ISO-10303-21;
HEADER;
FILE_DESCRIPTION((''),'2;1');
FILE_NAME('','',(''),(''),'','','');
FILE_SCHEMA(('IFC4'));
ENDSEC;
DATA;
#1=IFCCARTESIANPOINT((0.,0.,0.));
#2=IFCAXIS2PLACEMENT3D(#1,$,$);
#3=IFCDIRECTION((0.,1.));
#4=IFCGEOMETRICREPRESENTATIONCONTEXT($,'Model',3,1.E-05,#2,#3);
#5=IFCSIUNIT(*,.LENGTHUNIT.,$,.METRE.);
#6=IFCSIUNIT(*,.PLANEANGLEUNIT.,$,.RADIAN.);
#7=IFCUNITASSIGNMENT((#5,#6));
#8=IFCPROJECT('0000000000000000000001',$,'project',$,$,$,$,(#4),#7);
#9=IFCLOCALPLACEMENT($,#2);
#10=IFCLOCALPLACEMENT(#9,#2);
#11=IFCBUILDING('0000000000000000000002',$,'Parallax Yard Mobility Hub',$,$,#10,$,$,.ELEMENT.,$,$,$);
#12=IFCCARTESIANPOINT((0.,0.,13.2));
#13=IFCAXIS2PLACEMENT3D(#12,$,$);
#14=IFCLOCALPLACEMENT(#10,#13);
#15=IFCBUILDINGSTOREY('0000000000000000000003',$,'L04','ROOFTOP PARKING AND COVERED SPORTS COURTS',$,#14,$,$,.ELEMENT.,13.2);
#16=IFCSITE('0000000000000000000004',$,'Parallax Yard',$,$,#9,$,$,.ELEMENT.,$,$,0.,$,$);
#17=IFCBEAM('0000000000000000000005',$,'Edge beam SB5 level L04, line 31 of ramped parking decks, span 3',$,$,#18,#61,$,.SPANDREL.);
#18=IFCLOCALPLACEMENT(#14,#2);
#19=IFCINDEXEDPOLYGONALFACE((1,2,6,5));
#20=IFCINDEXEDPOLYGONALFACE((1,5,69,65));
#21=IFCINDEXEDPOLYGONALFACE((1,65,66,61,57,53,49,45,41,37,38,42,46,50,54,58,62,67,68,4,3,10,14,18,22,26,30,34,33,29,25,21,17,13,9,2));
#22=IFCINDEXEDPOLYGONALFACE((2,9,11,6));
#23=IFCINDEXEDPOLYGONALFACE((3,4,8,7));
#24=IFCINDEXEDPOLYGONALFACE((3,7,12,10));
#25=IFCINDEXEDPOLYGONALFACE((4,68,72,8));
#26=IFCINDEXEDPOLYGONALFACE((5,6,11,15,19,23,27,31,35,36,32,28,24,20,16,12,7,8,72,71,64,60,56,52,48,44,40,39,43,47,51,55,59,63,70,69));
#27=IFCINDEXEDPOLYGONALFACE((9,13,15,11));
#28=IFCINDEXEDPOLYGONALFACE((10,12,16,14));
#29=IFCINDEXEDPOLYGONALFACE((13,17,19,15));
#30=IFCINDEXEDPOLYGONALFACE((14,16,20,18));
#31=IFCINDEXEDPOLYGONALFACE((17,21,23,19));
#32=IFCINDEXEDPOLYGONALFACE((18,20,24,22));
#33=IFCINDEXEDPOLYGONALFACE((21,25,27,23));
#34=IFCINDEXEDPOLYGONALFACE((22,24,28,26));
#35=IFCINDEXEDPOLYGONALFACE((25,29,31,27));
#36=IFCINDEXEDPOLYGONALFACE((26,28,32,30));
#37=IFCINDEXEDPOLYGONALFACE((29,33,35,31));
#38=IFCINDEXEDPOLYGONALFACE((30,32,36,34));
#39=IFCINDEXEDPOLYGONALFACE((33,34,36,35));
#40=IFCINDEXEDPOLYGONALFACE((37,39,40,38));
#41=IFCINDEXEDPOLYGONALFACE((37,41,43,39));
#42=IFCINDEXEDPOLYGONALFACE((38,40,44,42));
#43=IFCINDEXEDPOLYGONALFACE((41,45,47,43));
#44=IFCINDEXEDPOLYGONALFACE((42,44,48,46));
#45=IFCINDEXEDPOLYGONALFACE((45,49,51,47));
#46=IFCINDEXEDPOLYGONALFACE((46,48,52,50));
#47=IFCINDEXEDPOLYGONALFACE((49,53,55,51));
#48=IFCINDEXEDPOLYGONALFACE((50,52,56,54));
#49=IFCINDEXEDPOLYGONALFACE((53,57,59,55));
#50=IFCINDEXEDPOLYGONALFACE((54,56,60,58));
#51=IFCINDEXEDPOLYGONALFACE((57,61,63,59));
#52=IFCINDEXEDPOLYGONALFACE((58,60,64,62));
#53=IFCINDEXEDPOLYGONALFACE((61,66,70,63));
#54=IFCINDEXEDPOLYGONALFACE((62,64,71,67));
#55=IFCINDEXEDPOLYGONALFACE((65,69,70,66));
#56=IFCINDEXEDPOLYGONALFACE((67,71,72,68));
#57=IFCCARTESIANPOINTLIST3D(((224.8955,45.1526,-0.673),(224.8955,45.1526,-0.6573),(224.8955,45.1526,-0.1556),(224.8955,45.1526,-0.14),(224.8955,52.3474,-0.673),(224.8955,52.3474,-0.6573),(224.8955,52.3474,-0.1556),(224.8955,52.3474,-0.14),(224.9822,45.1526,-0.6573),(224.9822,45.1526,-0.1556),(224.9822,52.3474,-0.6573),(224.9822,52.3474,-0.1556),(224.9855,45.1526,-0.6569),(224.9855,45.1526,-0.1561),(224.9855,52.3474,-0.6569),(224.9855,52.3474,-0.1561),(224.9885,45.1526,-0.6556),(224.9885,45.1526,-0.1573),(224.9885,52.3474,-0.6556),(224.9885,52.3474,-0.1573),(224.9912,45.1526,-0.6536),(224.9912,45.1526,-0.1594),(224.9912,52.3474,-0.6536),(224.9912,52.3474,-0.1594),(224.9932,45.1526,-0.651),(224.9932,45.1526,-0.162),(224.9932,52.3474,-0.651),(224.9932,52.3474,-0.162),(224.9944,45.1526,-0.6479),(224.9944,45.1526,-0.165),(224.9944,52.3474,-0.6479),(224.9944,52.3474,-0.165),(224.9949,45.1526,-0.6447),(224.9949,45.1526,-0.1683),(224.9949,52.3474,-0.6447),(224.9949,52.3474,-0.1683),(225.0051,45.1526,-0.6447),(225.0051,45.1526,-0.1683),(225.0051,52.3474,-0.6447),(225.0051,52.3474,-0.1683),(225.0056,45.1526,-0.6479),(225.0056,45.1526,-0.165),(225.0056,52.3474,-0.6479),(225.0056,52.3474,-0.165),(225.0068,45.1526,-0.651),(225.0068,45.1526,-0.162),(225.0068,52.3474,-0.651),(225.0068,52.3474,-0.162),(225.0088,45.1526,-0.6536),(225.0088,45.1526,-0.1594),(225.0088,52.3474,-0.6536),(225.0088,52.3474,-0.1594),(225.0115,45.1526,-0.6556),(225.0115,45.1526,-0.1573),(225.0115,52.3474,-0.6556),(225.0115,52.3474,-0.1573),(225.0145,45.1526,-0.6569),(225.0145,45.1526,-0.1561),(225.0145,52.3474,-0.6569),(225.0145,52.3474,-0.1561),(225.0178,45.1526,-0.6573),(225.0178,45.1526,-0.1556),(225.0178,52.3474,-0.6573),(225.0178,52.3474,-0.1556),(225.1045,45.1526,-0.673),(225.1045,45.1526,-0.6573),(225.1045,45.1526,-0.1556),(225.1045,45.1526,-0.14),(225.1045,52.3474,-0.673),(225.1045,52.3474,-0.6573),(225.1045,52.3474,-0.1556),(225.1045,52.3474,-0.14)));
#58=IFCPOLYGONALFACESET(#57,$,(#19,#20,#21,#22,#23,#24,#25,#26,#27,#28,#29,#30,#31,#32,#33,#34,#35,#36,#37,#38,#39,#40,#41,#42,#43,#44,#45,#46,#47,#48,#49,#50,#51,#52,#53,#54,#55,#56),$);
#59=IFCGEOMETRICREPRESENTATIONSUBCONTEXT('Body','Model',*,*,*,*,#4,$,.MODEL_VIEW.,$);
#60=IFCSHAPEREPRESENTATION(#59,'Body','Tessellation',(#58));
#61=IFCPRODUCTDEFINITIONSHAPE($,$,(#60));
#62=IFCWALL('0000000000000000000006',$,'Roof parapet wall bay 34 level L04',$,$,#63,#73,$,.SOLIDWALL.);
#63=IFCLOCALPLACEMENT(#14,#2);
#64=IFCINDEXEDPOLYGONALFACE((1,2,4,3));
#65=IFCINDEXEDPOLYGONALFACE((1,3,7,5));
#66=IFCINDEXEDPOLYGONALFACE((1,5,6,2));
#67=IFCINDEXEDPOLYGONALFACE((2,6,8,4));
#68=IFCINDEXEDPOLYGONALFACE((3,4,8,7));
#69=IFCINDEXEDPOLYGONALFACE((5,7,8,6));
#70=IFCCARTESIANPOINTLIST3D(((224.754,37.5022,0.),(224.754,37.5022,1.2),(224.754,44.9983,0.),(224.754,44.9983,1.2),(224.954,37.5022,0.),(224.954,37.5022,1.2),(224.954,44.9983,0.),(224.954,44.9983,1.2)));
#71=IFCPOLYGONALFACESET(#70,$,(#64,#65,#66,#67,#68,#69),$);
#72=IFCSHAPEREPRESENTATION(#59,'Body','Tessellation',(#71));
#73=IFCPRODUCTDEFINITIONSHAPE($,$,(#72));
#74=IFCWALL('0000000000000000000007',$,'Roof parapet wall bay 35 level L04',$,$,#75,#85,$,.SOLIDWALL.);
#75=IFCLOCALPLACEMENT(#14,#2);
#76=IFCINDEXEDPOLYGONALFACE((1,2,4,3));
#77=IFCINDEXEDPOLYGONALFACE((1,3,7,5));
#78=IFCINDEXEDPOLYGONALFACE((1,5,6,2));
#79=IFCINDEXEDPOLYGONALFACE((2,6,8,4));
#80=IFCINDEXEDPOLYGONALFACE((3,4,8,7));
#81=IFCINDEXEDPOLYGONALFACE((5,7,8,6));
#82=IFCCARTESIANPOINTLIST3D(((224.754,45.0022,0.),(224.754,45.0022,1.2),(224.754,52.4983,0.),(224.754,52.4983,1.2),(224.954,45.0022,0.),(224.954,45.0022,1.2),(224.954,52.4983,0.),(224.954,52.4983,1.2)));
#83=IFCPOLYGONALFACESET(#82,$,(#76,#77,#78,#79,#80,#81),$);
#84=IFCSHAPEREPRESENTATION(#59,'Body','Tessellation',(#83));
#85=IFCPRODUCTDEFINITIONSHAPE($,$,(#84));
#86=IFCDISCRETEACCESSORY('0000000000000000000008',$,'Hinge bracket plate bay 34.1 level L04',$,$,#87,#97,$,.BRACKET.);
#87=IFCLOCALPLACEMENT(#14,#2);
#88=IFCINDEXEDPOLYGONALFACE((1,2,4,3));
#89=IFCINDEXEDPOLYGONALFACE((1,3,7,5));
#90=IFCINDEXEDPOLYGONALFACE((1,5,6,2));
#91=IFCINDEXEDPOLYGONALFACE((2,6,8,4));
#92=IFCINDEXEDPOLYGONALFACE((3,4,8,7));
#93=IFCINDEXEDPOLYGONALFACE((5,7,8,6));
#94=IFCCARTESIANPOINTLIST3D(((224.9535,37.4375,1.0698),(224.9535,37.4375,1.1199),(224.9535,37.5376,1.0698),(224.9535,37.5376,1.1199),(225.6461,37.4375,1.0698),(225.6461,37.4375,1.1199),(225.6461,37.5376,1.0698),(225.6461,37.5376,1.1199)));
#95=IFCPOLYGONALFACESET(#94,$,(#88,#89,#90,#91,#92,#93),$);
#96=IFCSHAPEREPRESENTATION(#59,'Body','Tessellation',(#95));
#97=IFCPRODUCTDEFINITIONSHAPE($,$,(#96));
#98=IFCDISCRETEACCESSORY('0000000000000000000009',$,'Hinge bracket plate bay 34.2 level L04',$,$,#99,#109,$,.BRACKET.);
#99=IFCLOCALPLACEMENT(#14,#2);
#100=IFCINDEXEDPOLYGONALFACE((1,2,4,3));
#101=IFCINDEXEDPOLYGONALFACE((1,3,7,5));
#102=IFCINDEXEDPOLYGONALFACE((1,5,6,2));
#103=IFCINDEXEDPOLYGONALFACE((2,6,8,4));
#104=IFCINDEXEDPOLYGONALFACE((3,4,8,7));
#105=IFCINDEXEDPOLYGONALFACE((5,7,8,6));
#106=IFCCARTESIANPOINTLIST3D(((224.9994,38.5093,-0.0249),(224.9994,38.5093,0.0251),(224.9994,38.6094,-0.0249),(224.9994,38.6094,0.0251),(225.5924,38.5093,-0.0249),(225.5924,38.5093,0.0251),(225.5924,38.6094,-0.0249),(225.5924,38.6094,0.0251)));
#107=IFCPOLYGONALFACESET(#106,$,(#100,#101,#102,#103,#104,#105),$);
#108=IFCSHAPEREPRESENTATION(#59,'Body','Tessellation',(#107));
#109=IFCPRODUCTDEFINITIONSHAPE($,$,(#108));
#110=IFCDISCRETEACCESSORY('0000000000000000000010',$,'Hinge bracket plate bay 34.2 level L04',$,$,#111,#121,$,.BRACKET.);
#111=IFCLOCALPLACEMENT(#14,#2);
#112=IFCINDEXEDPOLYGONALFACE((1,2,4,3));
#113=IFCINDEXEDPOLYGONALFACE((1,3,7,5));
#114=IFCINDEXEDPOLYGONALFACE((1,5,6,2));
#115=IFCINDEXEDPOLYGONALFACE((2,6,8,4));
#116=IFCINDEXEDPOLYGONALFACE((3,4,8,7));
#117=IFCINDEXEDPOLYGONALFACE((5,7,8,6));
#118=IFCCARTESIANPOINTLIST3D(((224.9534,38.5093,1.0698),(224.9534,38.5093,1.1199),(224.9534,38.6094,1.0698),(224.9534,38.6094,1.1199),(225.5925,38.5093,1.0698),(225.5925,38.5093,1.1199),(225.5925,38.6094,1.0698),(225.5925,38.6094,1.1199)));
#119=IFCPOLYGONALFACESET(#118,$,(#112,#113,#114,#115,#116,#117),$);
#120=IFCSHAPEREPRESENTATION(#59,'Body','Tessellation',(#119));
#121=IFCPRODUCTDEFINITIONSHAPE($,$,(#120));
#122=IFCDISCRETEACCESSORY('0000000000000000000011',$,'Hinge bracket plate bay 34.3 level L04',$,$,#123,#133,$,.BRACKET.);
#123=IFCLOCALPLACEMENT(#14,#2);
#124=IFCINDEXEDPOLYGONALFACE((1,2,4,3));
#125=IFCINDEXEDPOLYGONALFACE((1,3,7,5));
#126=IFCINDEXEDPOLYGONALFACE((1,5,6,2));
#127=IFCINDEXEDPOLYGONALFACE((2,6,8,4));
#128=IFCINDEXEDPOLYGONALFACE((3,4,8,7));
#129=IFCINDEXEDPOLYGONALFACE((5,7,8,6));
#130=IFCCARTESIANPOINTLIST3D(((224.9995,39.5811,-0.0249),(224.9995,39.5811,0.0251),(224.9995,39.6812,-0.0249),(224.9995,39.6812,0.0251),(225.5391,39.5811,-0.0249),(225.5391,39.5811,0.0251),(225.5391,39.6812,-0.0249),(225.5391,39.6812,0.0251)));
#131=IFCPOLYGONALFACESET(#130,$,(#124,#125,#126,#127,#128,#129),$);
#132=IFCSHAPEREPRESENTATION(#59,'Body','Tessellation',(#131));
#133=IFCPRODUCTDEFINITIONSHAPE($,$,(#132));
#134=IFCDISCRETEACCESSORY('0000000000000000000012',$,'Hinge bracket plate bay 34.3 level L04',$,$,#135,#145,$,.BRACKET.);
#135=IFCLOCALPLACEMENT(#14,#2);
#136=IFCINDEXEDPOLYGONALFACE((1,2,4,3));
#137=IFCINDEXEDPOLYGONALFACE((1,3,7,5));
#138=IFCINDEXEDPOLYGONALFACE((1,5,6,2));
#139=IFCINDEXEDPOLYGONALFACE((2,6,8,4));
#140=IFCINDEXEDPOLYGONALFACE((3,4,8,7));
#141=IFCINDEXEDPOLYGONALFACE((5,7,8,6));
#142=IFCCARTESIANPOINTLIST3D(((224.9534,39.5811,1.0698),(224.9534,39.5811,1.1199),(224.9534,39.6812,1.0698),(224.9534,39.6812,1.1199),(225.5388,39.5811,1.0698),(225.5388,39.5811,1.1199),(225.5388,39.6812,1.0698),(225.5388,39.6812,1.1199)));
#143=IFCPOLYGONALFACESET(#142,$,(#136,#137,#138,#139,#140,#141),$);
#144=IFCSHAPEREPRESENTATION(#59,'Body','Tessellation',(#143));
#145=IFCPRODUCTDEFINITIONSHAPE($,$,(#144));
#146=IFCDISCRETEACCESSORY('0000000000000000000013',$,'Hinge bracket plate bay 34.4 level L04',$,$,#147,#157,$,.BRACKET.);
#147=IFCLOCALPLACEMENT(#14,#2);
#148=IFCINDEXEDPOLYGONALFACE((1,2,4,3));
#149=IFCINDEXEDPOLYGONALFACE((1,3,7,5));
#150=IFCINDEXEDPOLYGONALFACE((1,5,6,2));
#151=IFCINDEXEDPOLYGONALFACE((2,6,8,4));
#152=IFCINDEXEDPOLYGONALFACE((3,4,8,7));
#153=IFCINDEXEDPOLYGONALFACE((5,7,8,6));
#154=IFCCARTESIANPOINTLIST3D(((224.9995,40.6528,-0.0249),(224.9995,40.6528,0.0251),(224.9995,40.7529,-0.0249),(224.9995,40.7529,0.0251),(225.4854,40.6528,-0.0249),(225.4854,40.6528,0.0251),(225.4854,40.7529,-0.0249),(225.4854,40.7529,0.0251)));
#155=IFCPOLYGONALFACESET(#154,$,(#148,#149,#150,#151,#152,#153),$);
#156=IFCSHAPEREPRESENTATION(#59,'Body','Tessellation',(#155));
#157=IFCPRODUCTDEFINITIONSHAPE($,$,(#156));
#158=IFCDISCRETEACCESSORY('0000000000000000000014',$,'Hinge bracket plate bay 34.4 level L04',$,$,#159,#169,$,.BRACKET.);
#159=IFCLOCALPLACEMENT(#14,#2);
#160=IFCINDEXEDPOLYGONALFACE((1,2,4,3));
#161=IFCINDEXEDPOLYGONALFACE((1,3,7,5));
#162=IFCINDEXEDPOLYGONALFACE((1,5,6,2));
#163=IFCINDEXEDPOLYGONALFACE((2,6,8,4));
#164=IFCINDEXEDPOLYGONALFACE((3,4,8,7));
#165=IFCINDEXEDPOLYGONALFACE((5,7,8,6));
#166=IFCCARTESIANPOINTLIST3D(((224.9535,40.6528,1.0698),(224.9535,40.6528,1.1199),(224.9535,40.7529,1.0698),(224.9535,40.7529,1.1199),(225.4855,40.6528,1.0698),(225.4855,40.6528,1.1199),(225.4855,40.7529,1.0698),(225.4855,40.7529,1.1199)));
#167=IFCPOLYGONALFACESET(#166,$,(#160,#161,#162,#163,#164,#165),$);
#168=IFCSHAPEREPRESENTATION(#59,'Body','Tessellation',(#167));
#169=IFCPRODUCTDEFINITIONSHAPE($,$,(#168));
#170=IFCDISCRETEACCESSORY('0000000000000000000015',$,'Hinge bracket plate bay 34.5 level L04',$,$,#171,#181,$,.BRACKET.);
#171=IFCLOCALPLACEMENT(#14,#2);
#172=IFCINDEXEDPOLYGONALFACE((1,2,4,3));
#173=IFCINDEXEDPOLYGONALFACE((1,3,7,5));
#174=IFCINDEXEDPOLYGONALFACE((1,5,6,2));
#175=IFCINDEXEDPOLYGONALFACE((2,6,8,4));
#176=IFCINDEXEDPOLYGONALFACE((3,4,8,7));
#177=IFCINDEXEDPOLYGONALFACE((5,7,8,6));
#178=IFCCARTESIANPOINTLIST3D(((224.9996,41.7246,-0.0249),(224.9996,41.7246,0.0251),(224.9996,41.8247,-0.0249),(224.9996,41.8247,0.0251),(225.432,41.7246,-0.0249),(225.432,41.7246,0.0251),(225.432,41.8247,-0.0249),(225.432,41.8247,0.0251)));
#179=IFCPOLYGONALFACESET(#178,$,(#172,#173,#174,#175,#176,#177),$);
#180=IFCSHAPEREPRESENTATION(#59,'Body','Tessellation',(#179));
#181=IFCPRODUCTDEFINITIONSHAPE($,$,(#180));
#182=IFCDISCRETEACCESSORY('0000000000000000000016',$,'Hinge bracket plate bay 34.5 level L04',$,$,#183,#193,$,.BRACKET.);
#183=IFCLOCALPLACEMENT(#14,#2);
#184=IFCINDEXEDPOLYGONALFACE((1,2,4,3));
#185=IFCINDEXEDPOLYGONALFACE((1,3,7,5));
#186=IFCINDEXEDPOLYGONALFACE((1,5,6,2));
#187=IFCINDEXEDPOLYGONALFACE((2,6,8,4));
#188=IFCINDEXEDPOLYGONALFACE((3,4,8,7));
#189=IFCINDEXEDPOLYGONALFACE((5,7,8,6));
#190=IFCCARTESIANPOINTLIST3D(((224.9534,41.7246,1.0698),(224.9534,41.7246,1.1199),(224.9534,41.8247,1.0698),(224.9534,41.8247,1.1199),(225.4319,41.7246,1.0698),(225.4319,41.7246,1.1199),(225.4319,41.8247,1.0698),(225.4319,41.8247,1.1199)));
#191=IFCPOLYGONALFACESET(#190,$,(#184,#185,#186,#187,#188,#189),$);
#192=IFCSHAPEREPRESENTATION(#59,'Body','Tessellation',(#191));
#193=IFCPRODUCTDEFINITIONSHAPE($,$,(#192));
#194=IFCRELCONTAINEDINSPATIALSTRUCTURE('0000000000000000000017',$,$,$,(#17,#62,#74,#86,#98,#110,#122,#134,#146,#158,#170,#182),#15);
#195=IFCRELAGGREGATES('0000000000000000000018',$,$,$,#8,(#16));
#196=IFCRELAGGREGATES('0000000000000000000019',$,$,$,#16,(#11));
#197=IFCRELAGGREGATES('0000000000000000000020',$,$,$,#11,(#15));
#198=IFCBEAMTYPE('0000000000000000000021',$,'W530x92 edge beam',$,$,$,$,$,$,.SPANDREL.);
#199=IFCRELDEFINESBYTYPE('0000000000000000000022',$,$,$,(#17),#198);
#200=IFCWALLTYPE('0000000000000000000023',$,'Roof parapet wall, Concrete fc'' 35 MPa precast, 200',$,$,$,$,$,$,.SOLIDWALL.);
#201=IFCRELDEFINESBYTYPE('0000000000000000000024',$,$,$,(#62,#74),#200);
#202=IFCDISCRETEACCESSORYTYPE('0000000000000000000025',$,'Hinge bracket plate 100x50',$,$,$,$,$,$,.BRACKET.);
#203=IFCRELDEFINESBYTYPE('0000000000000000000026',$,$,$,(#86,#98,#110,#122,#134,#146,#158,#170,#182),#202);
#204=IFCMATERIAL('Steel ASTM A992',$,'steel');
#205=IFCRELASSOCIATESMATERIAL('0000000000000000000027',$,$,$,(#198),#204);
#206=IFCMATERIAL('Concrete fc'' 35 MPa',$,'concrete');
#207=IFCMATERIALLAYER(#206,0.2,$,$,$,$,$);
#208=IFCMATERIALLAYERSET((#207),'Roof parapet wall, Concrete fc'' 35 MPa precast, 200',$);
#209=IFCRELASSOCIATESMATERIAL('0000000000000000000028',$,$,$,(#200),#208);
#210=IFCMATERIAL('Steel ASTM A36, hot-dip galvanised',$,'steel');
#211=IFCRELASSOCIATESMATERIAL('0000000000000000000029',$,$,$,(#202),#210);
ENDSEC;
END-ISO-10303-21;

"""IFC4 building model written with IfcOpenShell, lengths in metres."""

from ifc_helpers import new_model, si_unit, direction, frame, frame_2d, origin, origin_2d, place, context, subcontext, project, spatial, rectangle, i_section, extrude, material, layer, layer_set, material_profile, profile_set, type_object, element, save


model = new_model("IFC4")

# Units and contexts
model_context = context("Model", 3, precision=1e-05, world=origin(), true_north=direction((0.0, 1.0)))
body_context = subcontext(model_context, "Body", "Model", "MODEL_VIEW")
ifc_project = project(units=[si_unit("LENGTHUNIT", "METRE"), si_unit("PLANEANGLEUNIT", "RADIAN")], contexts=[model_context])

# Site, building, storey
site_placement = place(None, origin())
site = spatial("IfcSite", under=ifc_project, at=site_placement, Name="Parallax Yard", CompositionType="ELEMENT", RefElevation=0.0)
building_placement = place(site_placement, origin())
building = spatial("IfcBuilding", under=site, at=building_placement, Name="Parallax Yard Mobility Hub", CompositionType="ELEMENT")
storey_placement = place(building_placement, frame((0.0, 0.0, 13.2)))
storey = spatial("IfcBuildingStorey", under=building, at=storey_placement, Name="L04", Description="ROOFTOP PARKING AND COVERED SPORTS COURTS", CompositionType="ELEMENT", Elevation=13.2)

# Shared definitions
ifc_material_1 = material(Name="Steel ASTM A992", Category="steel")

# Beam
ifc_material_profile_1 = material_profile(ifc_material_1, i_section(OverallWidth=0.209, OverallDepth=0.533, WebThickness=0.0103, FlangeThickness=0.0156, FilletRadius=0.0127, at=origin_2d()), Name="W530x92")
ifc_profile_set_1 = profile_set([ifc_material_profile_1], Name="Steel ASTM A992")
beam_type = type_object("IfcBeamType", Name="W530x92 edge beam", PredefinedType="SPANDREL", material=ifc_profile_set_1)
for number, where, z_axis, x_axis, name in (
    (1, (225.0, 45.1526, -0.4065), (0.0, 1.0, 0.0), (-1.0, 0.0, 0.0), "Edge beam SB5 level L04, line 31 of ramped parking decks, span 3"),
):
    element("IfcBeam", number, at=place(storey_placement, frame(where, z_axis=z_axis, x_axis=x_axis)), inside=storey, type_object=beam_type, Name=name, PredefinedType="SPANDREL", context=body_context, shape_type="SweptSolid", body=[
        extrude(i_section(OverallWidth=0.209, OverallDepth=0.533, WebThickness=0.0103, FlangeThickness=0.0156, FilletRadius=0.0127, at=origin_2d()), origin(), (0.0, 0.0, 1.0), 7.1948),
    ])

# Walls
ifc_material_2 = material(Name="Concrete fc' 35 MPa", Category="concrete")
ifc_layer = layer(ifc_material_2, 0.2)
ifc_layer_set = layer_set([ifc_layer], Name="Roof parapet wall, Concrete fc' 35 MPa precast, 200")
wall_type = type_object("IfcWallType", Name="Roof parapet wall, Concrete fc' 35 MPa precast, 200", PredefinedType="SOLIDWALL", material=ifc_layer_set)
for number, where, z_axis, x_axis, name in (
    (2, (224.854, 37.5022, 0.0), (0.0, 0.0, 1.0), (0.0, 1.0, 0.0), "Roof parapet wall bay 34 level L04"),
    (3, (224.854, 45.0022, 0.0), (0.0, 0.0, 1.0), (0.0, 1.0, 0.0), "Roof parapet wall bay 35 level L04"),
):
    element("IfcWall", number, at=place(storey_placement, frame(where, z_axis=z_axis, x_axis=x_axis)), inside=storey, type_object=wall_type, Name=name, PredefinedType="SOLIDWALL", context=body_context, shape_type="SweptSolid", body=[
        extrude(rectangle(XDim=7.4961, YDim=0.2, at=frame_2d((3.748, 0.0))), origin(), (0.0, 0.0, 1.0), 1.2),
    ])

# Discrete accessories
ifc_material_3 = material(Name="Steel ASTM A36, hot-dip galvanised", Category="steel")
discrete_accessory_type_1 = type_object("IfcDiscreteAccessoryType", Name="Hinge bracket plate 100x50", PredefinedType="BRACKET", material=ifc_material_3)
discrete_accessory_1_placement = place(storey_placement, frame((225.2998, 37.4875, 1.0698), z_axis=(0.0, 0.0, 1.0), x_axis=(1.0, 0.0, 0.0)))
element("IfcDiscreteAccessory", 4, at=discrete_accessory_1_placement, inside=storey, type_object=discrete_accessory_type_1, Name="Hinge bracket plate bay 34.1 level L04", PredefinedType="BRACKET", context=body_context, shape_type="SweptSolid", body=[
    extrude(rectangle(XDim=0.6926, YDim=0.1001, at=origin_2d()), origin(), (0.0, 0.0, 1.0), 0.05),
])
discrete_accessory_2_placement = place(storey_placement, frame((225.2959, 38.5593, -0.0249), z_axis=(0.0, 0.0, 1.0), x_axis=(1.0, 0.0, 0.0)))
element("IfcDiscreteAccessory", 5, at=discrete_accessory_2_placement, inside=storey, type_object=discrete_accessory_type_1, Name="Hinge bracket plate bay 34.2 level L04", PredefinedType="BRACKET", context=body_context, shape_type="SweptSolid", body=[
    extrude(rectangle(XDim=0.593, YDim=0.1001, at=origin_2d()), origin(), (0.0, 0.0, 1.0), 0.05),
])
discrete_accessory_3_placement = place(storey_placement, frame((225.2729, 38.5593, 1.0698), z_axis=(0.0, 0.0, 1.0), x_axis=(1.0, 0.0, 0.0)))
element("IfcDiscreteAccessory", 6, at=discrete_accessory_3_placement, inside=storey, type_object=discrete_accessory_type_1, Name="Hinge bracket plate bay 34.2 level L04", PredefinedType="BRACKET", context=body_context, shape_type="SweptSolid", body=[
    extrude(rectangle(XDim=0.6392, YDim=0.1001, at=origin_2d()), origin(), (0.0, 0.0, 1.0), 0.05),
])
discrete_accessory_4_placement = place(storey_placement, frame((225.2693, 39.6311, -0.0249), z_axis=(0.0, 0.0, 1.0), x_axis=(1.0, 0.0, 0.0)))
element("IfcDiscreteAccessory", 7, at=discrete_accessory_4_placement, inside=storey, type_object=discrete_accessory_type_1, Name="Hinge bracket plate bay 34.3 level L04", PredefinedType="BRACKET", context=body_context, shape_type="SweptSolid", body=[
    extrude(rectangle(XDim=0.5396, YDim=0.1001, at=origin_2d()), origin(), (0.0, 0.0, 1.0), 0.05),
])
discrete_accessory_5_placement = place(storey_placement, frame((225.2461, 39.6311, 1.0698), z_axis=(0.0, 0.0, 1.0), x_axis=(1.0, 0.0, 0.0)))
element("IfcDiscreteAccessory", 8, at=discrete_accessory_5_placement, inside=storey, type_object=discrete_accessory_type_1, Name="Hinge bracket plate bay 34.3 level L04", PredefinedType="BRACKET", context=body_context, shape_type="SweptSolid", body=[
    extrude(rectangle(XDim=0.5854, YDim=0.1001, at=origin_2d()), origin(), (0.0, 0.0, 1.0), 0.05),
])
discrete_accessory_6_placement = place(storey_placement, frame((225.2424, 40.7029, -0.0249), z_axis=(0.0, 0.0, 1.0), x_axis=(1.0, 0.0, 0.0)))
element("IfcDiscreteAccessory", 9, at=discrete_accessory_6_placement, inside=storey, type_object=discrete_accessory_type_1, Name="Hinge bracket plate bay 34.4 level L04", PredefinedType="BRACKET", context=body_context, shape_type="SweptSolid", body=[
    extrude(rectangle(XDim=0.4858, YDim=0.1001, at=origin_2d()), origin(), (0.0, 0.0, 1.0), 0.05),
])
discrete_accessory_7_placement = place(storey_placement, frame((225.2195, 40.7029, 1.0698), z_axis=(0.0, 0.0, 1.0), x_axis=(1.0, 0.0, 0.0)))
element("IfcDiscreteAccessory", 10, at=discrete_accessory_7_placement, inside=storey, type_object=discrete_accessory_type_1, Name="Hinge bracket plate bay 34.4 level L04", PredefinedType="BRACKET", context=body_context, shape_type="SweptSolid", body=[
    extrude(rectangle(XDim=0.532, YDim=0.1001, at=origin_2d()), origin(), (0.0, 0.0, 1.0), 0.05),
])
discrete_accessory_8_placement = place(storey_placement, frame((225.2158, 41.7747, -0.0249), z_axis=(0.0, 0.0, 1.0), x_axis=(1.0, 0.0, 0.0)))
element("IfcDiscreteAccessory", 11, at=discrete_accessory_8_placement, inside=storey, type_object=discrete_accessory_type_1, Name="Hinge bracket plate bay 34.5 level L04", PredefinedType="BRACKET", context=body_context, shape_type="SweptSolid", body=[
    extrude(rectangle(XDim=0.4324, YDim=0.1001, at=origin_2d()), origin(), (0.0, 0.0, 1.0), 0.05),
])
discrete_accessory_9_placement = place(storey_placement, frame((225.1926, 41.7747, 1.0698), z_axis=(0.0, 0.0, 1.0), x_axis=(1.0, 0.0, 0.0)))
element("IfcDiscreteAccessory", 12, at=discrete_accessory_9_placement, inside=storey, type_object=discrete_accessory_type_1, Name="Hinge bracket plate bay 34.5 level L04", PredefinedType="BRACKET", context=body_context, shape_type="SweptSolid", body=[
    extrude(rectangle(XDim=0.4785, YDim=0.1001, at=origin_2d()), origin(), (0.0, 0.0, 1.0), 0.05),
])

save(model, "model.ifc")
